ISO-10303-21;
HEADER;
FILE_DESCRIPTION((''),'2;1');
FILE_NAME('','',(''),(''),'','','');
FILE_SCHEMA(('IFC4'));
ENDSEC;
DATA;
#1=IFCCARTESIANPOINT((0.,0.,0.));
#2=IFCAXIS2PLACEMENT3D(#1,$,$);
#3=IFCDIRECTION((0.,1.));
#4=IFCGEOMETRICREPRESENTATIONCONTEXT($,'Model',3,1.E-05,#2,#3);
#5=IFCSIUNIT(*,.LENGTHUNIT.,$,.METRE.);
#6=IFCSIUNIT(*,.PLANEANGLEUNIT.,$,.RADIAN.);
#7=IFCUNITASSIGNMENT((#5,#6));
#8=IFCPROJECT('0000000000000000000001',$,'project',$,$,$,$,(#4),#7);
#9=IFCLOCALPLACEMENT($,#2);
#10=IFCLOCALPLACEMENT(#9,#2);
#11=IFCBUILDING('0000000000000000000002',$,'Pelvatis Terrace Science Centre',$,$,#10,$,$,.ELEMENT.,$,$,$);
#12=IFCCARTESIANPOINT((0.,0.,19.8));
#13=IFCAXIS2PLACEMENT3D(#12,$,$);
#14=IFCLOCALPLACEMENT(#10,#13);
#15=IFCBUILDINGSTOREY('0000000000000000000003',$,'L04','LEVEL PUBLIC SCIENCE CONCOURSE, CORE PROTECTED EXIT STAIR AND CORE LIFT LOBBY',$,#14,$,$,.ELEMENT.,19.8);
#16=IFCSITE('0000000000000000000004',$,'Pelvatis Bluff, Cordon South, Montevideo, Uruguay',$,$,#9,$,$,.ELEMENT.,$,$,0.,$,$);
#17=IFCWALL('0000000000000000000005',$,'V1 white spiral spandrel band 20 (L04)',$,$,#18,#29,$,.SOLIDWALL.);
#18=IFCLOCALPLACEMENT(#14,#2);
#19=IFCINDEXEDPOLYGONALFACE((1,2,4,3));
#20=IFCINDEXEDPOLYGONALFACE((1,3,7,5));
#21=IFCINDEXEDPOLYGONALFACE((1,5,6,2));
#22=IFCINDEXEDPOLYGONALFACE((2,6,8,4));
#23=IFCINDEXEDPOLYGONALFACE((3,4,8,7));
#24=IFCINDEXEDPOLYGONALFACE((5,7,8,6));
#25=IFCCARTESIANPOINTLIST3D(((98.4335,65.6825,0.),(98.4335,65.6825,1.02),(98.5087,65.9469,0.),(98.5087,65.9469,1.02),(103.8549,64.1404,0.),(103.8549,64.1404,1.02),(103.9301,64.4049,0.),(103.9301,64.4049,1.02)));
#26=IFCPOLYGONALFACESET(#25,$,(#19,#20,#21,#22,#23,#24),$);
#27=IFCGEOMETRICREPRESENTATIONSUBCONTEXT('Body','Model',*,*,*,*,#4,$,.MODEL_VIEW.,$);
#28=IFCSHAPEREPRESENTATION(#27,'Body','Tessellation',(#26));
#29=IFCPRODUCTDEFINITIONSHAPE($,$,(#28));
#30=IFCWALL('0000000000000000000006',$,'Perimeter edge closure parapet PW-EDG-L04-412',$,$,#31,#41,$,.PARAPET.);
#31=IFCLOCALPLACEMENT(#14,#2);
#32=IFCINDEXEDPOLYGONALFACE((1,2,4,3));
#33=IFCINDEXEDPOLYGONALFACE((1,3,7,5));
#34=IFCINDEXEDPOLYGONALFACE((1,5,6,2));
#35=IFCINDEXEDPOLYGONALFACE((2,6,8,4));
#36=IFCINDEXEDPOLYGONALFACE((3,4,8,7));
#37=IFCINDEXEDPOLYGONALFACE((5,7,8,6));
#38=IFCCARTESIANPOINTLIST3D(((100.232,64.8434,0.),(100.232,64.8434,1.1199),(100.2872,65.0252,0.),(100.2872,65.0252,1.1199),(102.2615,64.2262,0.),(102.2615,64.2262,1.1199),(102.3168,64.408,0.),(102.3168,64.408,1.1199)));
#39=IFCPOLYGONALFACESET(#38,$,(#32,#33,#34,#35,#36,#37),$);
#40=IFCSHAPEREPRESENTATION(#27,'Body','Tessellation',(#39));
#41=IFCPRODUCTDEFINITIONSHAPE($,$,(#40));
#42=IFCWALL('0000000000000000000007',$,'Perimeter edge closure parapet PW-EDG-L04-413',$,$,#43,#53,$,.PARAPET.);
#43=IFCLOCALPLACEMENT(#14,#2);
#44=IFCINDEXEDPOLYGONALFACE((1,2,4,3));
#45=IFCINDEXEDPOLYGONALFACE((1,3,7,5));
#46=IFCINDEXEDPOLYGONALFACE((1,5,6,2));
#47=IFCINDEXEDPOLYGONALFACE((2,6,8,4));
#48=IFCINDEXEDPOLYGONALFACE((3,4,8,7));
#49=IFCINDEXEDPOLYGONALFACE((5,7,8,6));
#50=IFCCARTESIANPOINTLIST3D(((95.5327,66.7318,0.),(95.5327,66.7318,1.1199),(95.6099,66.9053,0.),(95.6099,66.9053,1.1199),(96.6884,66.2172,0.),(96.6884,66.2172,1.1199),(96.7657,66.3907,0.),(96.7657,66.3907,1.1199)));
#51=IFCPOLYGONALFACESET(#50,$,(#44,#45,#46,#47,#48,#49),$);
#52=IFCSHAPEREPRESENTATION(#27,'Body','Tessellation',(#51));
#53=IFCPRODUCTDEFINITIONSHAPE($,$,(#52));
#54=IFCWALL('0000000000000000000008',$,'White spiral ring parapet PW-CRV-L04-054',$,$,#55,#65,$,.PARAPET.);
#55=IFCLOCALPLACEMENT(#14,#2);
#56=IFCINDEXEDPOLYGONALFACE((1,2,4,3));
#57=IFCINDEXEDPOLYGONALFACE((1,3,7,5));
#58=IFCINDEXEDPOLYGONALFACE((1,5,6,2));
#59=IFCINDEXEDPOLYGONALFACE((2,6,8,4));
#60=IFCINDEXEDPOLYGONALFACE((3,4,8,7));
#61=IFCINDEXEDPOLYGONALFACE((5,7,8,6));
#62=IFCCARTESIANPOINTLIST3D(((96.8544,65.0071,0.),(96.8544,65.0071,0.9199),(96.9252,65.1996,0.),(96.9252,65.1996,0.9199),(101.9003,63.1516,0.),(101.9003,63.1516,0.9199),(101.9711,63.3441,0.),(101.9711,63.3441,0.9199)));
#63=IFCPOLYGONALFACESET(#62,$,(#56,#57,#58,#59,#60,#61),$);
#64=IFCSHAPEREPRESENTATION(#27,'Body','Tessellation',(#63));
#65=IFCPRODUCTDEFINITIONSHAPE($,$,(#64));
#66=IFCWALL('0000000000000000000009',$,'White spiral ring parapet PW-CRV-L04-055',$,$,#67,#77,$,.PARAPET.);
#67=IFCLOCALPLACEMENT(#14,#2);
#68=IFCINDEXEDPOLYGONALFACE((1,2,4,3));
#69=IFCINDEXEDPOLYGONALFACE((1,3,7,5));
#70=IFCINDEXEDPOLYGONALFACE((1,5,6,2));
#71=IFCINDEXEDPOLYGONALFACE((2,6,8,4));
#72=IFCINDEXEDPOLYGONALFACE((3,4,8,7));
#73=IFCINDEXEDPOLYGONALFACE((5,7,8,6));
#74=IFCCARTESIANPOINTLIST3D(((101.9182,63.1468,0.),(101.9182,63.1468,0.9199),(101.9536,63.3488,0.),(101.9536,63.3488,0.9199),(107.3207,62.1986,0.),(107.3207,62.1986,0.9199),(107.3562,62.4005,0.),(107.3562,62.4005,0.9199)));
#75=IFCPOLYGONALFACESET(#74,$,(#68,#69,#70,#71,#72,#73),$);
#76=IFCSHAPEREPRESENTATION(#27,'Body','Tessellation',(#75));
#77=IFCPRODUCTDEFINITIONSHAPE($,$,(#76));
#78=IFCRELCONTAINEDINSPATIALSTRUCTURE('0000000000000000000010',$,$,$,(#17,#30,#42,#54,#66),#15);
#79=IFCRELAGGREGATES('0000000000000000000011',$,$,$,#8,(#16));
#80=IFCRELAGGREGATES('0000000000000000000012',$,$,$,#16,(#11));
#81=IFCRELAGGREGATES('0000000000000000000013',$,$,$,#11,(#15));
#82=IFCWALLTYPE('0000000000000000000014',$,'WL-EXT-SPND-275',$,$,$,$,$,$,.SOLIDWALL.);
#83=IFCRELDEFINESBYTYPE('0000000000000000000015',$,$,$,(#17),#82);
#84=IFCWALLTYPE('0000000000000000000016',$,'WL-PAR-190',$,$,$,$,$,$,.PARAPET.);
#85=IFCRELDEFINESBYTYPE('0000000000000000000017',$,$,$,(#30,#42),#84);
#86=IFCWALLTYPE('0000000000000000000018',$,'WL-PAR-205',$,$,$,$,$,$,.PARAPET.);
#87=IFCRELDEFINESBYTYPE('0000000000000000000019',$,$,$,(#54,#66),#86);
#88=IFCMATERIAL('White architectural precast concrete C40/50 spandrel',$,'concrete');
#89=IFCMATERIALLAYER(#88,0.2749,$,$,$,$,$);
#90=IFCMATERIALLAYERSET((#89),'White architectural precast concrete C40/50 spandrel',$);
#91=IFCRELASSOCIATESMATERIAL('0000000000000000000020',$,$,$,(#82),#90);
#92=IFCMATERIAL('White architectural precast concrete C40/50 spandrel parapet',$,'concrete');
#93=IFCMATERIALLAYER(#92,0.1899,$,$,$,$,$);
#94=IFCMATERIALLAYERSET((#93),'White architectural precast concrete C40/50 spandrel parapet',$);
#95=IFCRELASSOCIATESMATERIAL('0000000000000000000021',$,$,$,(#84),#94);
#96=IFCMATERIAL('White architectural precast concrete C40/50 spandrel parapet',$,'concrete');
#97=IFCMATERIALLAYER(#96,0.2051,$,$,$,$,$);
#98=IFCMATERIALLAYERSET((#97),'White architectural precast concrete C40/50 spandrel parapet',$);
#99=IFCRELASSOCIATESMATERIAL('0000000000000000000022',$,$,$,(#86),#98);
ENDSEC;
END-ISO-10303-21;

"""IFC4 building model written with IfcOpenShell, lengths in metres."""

from ifc_helpers import new_model, si_unit, direction, frame, frame_2d, origin, place, context, subcontext, project, spatial, rectangle, extrude, material, layer, layer_set, type_object, element, save


model = new_model("IFC4")

# Units and contexts
model_context = context("Model", 3, precision=1e-05, world=origin(), true_north=direction((0.0, 1.0)))
body_context = subcontext(model_context, "Body", "Model", "MODEL_VIEW")
ifc_project = project(units=[si_unit("LENGTHUNIT", "METRE"), si_unit("PLANEANGLEUNIT", "RADIAN")], contexts=[model_context])

# Site, building, storey
site_placement = place(None, origin())
site = spatial("IfcSite", under=ifc_project, at=site_placement, Name="Pelvatis Bluff, Cordon South, Montevideo, Uruguay", CompositionType="ELEMENT", RefElevation=0.0)
building_placement = place(site_placement, origin())
building = spatial("IfcBuilding", under=site, at=building_placement, Name="Pelvatis Terrace Science Centre", CompositionType="ELEMENT")
storey_placement = place(building_placement, frame((0.0, 0.0, 19.8)))
storey = spatial("IfcBuildingStorey", under=building, at=storey_placement, Name="L04", Description="LEVEL PUBLIC SCIENCE CONCOURSE, CORE PROTECTED EXIT STAIR AND CORE LIFT LOBBY", CompositionType="ELEMENT", Elevation=19.8)

# Walls
ifc_material_1 = material(Name="White architectural precast concrete C40/50 spandrel", Category="concrete")
ifc_layer_1 = layer(ifc_material_1, 0.2749)
ifc_layer_set_1 = layer_set([ifc_layer_1], Name="White architectural precast concrete C40/50 spandrel")
wall_type_1 = type_object("IfcWallType", Name="WL-EXT-SPND-275", PredefinedType="SOLIDWALL", material=ifc_layer_set_1)
wall_1_placement = place(storey_placement, frame((98.4709, 65.8147, 0.0), z_axis=(0.0, 0.0, 1.0), x_axis=(0.96185, -0.273577, 0.0)))
element("IfcWall", 1, at=wall_1_placement, inside=storey, type_object=wall_type_1, Name="V1 white spiral spandrel band 20 (L04)", PredefinedType="SOLIDWALL", context=body_context, shape_type="SweptSolid", body=[
    extrude(rectangle(XDim=5.6365, YDim=0.2749, at=frame_2d((2.8184, 0.0))), origin(), (0.0, 0.0, 1.0), 1.02),
])
ifc_material_2 = material(Name="White architectural precast concrete C40/50 spandrel parapet", Category="concrete")
ifc_layer_2 = layer(ifc_material_2, 0.1899)
ifc_layer_set_2 = layer_set([ifc_layer_2], Name="White architectural precast concrete C40/50 spandrel parapet")
wall_type_2 = type_object("IfcWallType", Name="WL-PAR-190", PredefinedType="PARAPET", material=ifc_layer_set_2)
wall_2_placement = place(storey_placement, frame((102.2891, 64.3171, 0.0), z_axis=(0.0, 0.0, 1.0), x_axis=(-0.956739, 0.290946, 0.0)))
element("IfcWall", 2, at=wall_2_placement, inside=storey, type_object=wall_type_2, Name="Perimeter edge closure parapet PW-EDG-L04-412", PredefinedType="PARAPET", context=body_context, shape_type="SweptSolid", body=[
    extrude(rectangle(XDim=2.1213, YDim=0.1899, at=frame_2d((1.0605, 0.0))), origin(), (0.0, 0.0, 1.0), 1.1199),
])
wall_3_placement = place(storey_placement, frame((96.7271, 66.304, 0.0), z_axis=(0.0, 0.0, 1.0), x_axis=(-0.913525, 0.406783, 0.0)))
element("IfcWall", 3, at=wall_3_placement, inside=storey, type_object=wall_type_2, Name="Perimeter edge closure parapet PW-EDG-L04-413", PredefinedType="PARAPET", context=body_context, shape_type="SweptSolid", body=[
    extrude(rectangle(XDim=1.2651, YDim=0.1899, at=frame_2d((0.6326, 0.0))), origin(), (0.0, 0.0, 1.0), 1.1199),
])
ifc_material_3 = material(Name="White architectural precast concrete C40/50 spandrel parapet", Category="concrete")
ifc_layer_3 = layer(ifc_material_3, 0.2051)
ifc_layer_set_3 = layer_set([ifc_layer_3], Name="White architectural precast concrete C40/50 spandrel parapet")
wall_type_3 = type_object("IfcWallType", Name="WL-PAR-205", PredefinedType="PARAPET", material=ifc_layer_set_3)
wall_4_placement = place(storey_placement, frame((96.8899, 65.1033, 0.0), z_axis=(0.0, 0.0, 1.0), x_axis=(0.938557, -0.345124, 0.0)))
element("IfcWall", 4, at=wall_4_placement, inside=storey, type_object=wall_type_3, Name="White spiral ring parapet PW-CRV-L04-054", PredefinedType="PARAPET", context=body_context, shape_type="SweptSolid", body=[
    extrude(rectangle(XDim=5.3762, YDim=0.2051, at=frame_2d((2.688, 0.0))), origin(), (0.0, 0.0, 1.0), 0.9199),
])
wall_5_placement = place(storey_placement, frame((101.9358, 63.2478, 0.0), z_axis=(0.0, 0.0, 1.0), x_axis=(0.984944, -0.172874, 0.0)))
element("IfcWall", 5, at=wall_5_placement, inside=storey, type_object=wall_type_3, Name="White spiral ring parapet PW-CRV-L04-055", PredefinedType="PARAPET", context=body_context, shape_type="SweptSolid", body=[
    extrude(rectangle(XDim=5.4851, YDim=0.2051, at=frame_2d((2.7427, 0.0))), origin(), (0.0, 0.0, 1.0), 0.9199),
])

save(model, "model.ifc")
